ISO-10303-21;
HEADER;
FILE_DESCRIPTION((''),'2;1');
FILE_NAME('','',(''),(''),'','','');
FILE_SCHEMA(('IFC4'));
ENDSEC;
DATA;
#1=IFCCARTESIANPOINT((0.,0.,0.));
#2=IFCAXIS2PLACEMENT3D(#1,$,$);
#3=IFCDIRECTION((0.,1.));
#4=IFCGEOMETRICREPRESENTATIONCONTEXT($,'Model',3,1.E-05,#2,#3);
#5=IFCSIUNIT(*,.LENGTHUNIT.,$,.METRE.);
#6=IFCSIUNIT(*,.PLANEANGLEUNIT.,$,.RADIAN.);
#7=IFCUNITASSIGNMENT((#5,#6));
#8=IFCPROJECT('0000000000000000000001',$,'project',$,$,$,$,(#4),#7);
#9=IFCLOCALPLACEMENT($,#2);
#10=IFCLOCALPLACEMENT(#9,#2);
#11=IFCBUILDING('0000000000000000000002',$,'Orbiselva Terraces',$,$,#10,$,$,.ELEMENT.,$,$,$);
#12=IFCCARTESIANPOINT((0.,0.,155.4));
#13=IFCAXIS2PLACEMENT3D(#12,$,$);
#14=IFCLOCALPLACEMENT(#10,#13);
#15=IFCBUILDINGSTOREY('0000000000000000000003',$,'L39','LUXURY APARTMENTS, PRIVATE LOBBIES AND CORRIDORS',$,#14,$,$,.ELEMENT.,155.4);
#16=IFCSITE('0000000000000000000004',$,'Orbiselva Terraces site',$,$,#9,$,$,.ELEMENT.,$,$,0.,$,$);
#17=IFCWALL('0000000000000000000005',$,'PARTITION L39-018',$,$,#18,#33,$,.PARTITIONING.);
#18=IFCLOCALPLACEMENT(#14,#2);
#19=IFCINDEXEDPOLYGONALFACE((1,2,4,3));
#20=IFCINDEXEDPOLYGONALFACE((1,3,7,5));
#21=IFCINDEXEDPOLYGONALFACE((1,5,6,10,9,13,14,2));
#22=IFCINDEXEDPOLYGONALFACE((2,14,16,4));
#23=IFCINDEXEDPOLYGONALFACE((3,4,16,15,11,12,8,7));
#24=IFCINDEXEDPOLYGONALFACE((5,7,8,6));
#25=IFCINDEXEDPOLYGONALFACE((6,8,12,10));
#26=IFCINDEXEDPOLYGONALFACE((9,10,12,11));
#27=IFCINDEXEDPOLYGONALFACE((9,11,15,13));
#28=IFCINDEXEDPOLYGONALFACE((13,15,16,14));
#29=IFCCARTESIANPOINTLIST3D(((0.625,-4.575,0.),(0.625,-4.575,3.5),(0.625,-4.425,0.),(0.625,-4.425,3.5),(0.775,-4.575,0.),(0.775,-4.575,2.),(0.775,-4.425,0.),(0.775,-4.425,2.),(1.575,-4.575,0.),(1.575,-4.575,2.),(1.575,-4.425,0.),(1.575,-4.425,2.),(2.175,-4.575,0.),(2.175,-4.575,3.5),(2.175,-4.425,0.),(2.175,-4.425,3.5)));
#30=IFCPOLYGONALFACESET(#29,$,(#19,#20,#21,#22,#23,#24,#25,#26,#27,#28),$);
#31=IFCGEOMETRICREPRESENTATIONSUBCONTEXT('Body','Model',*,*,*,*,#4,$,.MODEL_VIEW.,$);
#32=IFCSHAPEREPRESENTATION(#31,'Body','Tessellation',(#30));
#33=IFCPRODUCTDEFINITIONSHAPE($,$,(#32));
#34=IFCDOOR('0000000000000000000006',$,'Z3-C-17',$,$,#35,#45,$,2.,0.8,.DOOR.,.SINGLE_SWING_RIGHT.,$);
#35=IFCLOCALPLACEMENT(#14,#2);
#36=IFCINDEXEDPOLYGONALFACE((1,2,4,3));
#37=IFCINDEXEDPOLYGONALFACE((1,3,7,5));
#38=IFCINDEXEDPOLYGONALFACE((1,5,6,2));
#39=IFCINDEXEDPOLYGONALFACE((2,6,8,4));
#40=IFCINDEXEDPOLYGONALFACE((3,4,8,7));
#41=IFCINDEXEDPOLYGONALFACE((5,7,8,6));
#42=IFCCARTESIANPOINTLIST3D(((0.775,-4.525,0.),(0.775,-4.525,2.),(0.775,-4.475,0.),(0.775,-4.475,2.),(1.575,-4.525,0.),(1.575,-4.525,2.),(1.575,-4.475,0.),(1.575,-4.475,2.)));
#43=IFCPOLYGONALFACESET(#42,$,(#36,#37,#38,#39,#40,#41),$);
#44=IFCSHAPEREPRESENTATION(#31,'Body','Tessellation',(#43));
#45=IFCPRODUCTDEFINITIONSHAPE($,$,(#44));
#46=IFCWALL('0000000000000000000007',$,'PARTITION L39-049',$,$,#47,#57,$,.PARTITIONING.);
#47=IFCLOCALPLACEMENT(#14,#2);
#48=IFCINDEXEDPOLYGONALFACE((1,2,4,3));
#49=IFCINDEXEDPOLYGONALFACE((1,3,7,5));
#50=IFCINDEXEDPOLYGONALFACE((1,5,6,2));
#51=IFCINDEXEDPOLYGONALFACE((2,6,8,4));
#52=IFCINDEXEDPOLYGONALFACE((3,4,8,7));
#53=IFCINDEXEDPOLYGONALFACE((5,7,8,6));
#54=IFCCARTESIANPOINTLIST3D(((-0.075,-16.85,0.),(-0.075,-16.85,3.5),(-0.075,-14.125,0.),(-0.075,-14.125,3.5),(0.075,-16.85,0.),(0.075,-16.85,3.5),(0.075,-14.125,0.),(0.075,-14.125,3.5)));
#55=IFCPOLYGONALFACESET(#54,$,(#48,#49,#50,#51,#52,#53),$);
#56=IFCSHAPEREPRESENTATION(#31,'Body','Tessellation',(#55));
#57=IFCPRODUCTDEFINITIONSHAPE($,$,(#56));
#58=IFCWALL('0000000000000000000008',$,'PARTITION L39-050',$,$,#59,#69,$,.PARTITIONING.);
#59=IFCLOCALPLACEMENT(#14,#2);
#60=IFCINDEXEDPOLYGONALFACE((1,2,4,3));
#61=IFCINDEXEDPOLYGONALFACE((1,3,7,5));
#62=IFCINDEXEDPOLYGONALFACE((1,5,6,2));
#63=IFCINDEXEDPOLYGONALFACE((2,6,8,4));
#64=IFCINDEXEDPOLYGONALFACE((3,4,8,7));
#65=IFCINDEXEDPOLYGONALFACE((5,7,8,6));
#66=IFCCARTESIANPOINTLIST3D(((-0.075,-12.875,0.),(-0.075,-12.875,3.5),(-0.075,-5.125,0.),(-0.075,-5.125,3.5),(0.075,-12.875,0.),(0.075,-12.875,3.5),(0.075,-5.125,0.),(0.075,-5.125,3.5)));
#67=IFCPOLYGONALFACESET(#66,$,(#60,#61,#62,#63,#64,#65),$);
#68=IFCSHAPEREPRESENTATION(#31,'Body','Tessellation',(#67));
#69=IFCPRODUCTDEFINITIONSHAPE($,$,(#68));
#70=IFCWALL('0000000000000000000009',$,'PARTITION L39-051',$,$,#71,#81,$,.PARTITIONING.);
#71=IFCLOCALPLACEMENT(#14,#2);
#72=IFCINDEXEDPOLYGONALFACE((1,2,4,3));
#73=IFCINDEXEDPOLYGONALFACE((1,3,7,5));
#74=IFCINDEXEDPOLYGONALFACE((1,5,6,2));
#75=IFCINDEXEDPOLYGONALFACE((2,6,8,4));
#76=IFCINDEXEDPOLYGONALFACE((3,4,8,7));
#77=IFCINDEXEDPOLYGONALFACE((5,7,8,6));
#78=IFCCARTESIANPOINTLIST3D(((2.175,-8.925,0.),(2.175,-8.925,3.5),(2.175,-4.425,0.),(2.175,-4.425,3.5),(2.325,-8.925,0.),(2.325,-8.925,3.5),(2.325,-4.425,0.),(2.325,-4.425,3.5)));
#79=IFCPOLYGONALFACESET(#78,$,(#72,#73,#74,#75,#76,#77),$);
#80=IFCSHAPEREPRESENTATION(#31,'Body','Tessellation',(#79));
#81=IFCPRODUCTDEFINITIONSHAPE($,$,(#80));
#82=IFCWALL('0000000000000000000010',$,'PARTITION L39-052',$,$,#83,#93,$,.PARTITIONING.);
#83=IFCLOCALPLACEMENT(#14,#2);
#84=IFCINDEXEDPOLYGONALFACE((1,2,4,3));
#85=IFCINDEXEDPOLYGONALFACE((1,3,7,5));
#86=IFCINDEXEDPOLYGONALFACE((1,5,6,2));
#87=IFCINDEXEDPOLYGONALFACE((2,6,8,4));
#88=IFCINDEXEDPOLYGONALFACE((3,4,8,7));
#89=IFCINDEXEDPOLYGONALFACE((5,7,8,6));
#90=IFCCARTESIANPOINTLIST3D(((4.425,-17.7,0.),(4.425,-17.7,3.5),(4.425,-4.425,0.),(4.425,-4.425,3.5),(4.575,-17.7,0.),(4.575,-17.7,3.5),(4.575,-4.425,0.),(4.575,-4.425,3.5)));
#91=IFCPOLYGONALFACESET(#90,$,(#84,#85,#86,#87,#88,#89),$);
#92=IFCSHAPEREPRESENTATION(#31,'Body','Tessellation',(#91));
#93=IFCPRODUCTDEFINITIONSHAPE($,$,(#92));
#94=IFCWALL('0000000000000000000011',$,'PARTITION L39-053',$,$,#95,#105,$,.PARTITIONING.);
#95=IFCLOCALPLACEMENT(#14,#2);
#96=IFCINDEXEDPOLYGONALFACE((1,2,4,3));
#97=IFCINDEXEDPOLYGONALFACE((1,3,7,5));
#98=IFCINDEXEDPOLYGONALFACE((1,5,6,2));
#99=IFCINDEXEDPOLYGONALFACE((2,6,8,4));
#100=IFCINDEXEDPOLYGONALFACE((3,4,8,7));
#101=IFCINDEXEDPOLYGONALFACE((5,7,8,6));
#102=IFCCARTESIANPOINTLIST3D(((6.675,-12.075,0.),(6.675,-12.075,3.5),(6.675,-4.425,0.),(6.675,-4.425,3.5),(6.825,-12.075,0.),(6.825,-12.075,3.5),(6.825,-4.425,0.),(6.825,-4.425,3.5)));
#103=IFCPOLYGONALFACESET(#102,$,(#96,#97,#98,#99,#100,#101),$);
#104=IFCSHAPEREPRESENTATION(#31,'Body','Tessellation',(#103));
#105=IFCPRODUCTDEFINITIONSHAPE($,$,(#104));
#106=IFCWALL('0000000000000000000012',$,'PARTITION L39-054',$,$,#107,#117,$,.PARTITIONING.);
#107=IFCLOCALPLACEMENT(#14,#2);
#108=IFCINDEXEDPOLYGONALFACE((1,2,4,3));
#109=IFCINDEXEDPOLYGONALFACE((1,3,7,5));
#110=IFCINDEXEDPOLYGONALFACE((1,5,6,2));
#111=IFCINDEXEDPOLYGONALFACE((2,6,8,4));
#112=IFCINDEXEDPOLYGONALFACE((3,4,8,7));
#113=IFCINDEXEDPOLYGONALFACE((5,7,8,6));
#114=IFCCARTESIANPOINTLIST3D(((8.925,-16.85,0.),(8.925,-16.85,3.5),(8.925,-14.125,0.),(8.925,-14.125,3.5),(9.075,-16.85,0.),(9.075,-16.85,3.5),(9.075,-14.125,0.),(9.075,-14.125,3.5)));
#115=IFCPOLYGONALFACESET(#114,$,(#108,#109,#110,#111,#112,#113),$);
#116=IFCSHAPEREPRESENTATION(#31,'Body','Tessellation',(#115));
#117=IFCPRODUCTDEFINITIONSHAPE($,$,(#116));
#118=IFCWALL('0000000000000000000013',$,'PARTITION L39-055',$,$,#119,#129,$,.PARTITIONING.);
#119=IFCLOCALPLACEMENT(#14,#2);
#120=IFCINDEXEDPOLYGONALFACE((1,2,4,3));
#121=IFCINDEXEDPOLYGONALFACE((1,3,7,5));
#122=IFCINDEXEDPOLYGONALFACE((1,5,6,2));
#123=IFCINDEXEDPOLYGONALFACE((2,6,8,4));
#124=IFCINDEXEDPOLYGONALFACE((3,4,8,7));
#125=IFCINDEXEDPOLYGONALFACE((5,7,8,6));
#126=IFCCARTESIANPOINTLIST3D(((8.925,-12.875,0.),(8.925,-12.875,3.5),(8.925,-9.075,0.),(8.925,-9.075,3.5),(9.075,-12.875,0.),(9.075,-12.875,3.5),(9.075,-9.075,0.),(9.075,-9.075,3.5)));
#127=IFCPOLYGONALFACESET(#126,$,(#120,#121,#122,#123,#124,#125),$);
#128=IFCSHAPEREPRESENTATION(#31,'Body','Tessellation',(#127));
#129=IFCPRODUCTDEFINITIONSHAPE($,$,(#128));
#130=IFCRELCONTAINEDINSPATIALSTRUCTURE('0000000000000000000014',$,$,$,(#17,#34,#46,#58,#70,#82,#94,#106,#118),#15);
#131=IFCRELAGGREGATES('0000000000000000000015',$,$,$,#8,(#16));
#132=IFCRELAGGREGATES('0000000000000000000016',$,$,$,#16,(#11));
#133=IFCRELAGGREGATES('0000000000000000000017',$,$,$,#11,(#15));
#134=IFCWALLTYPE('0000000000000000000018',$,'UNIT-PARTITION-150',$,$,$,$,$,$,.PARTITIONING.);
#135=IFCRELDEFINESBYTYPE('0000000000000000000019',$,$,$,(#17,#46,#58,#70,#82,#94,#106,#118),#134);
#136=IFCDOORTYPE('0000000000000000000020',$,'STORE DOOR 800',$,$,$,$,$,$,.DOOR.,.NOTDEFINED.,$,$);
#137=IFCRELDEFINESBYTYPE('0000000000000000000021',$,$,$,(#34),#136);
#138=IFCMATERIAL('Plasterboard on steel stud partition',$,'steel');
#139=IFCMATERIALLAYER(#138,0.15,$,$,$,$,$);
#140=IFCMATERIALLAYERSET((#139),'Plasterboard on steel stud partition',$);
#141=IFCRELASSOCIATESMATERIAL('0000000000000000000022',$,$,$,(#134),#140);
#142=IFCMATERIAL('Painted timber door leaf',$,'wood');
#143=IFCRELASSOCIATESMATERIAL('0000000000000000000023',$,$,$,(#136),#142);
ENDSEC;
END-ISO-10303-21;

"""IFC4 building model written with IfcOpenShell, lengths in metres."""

from ifc_helpers import new_model, si_unit, direction, frame, frame_2d, origin, place, context, subcontext, project, spatial, rectangle, extrude, material, layer, layer_set, type_object, element, fill, save


model = new_model("IFC4")

# Units and contexts
model_context = context("Model", 3, precision=1e-05, world=origin(), true_north=direction((0.0, 1.0)))
body_context = subcontext(model_context, "Body", "Model", "MODEL_VIEW")
ifc_project = project(units=[si_unit("LENGTHUNIT", "METRE"), si_unit("PLANEANGLEUNIT", "RADIAN")], contexts=[model_context])

# Site, building, storey
site_placement = place(None, origin())
site = spatial("IfcSite", under=ifc_project, at=site_placement, Name="Orbiselva Terraces site", CompositionType="ELEMENT", RefElevation=0.0)
building_placement = place(site_placement, origin())
building = spatial("IfcBuilding", under=site, at=building_placement, Name="Orbiselva Terraces", CompositionType="ELEMENT")
storey_placement = place(building_placement, frame((0.0, 0.0, 155.4)))
storey = spatial("IfcBuildingStorey", under=building, at=storey_placement, Name="L39", Description="LUXURY APARTMENTS, PRIVATE LOBBIES AND CORRIDORS", CompositionType="ELEMENT", Elevation=155.4)

# Shared definitions
ifc_material_1 = material(Name="Plasterboard on steel stud partition", Category="steel")
ifc_layer_1 = layer(ifc_material_1, 0.15)
ifc_layer_set_1 = layer_set([ifc_layer_1], Name="Plasterboard on steel stud partition")
wall_type_1 = type_object("IfcWallType", Name="UNIT-PARTITION-150", PredefinedType="PARTITIONING", material=ifc_layer_set_1)
ifc_material_2 = material(Name="Painted timber door leaf", Category="wood")

# Wall, opening, door
wall_1_placement = place(storey_placement, frame((2.175, -4.5, 0.0), z_axis=(0.0, 0.0, 1.0), x_axis=(-1.0, 0.0, 0.0)))
wall_1 = element("IfcWall", 1, at=wall_1_placement, inside=storey, type_object=wall_type_1, Name="PARTITION L39-018", PredefinedType="PARTITIONING", context=body_context, shape_type="SweptSolid", body=[
    extrude(rectangle(XDim=1.55, YDim=0.15, at=frame_2d((0.775, 0.0))), origin(), (0.0, 0.0, 1.0), 3.5),
])
opening_1_placement = place(wall_1_placement, frame((0.6, 0.0, 0.0)))
opening_1 = element("IfcOpeningElement", 2, at=opening_1_placement, cuts=wall_1, PredefinedType="OPENING", context=body_context, shape_type="SweptSolid", body=[
    extrude(rectangle(XDim=0.8, YDim=2.0, at=frame_2d((0.4, 1.0))), frame((0.0, 0.085, 0.0), z_axis=(0.0, -1.0, 0.0), x_axis=(1.0, 0.0, 0.0)), (0.0, 0.0, 1.0), 0.17),
])
door_type_1 = type_object("IfcDoorType", Name="STORE DOOR 800", OperationType="NOTDEFINED", PredefinedType="DOOR", material=ifc_material_2)
door_1_placement = place(opening_1_placement, origin())
door_1 = element("IfcDoor", 3, at=door_1_placement, inside=storey, type_object=door_type_1, Name="Z3-C-17", OperationType="SINGLE_SWING_RIGHT", OverallHeight=2.0, OverallWidth=0.8, PredefinedType="DOOR", context=body_context, shape_type="SweptSolid", body=[
    extrude(rectangle(XDim=0.8, YDim=2.0, at=frame_2d((0.4, 1.0))), frame((0.0, 0.025, 0.0), z_axis=(0.0, -1.0, 0.0), x_axis=(1.0, 0.0, 0.0)), (0.0, 0.0, 1.0), 0.05),
])
fill(opening_1, door_1)

# Walls
wall_2_placement = place(storey_placement, frame((0.0, -16.85, 0.0), z_axis=(0.0, 0.0, 1.0), x_axis=(0.0, 1.0, 0.0)))
element("IfcWall", 4, at=wall_2_placement, inside=storey, type_object=wall_type_1, Name="PARTITION L39-049", PredefinedType="PARTITIONING", context=body_context, shape_type="SweptSolid", body=[
    extrude(rectangle(XDim=2.725, YDim=0.15, at=frame_2d((1.3625, 0.0))), origin(), (0.0, 0.0, 1.0), 3.5),
])
wall_3_placement = place(storey_placement, frame((0.0, -12.875, 0.0), z_axis=(0.0, 0.0, 1.0), x_axis=(0.0, 1.0, 0.0)))
element("IfcWall", 5, at=wall_3_placement, inside=storey, type_object=wall_type_1, Name="PARTITION L39-050", PredefinedType="PARTITIONING", context=body_context, shape_type="SweptSolid", body=[
    extrude(rectangle(XDim=7.75, YDim=0.15, at=frame_2d((3.875, 0.0))), origin(), (0.0, 0.0, 1.0), 3.5),
])
wall_4_placement = place(storey_placement, frame((2.25, -8.925, 0.0), z_axis=(0.0, 0.0, 1.0), x_axis=(0.0, 1.0, 0.0)))
element("IfcWall", 6, at=wall_4_placement, inside=storey, type_object=wall_type_1, Name="PARTITION L39-051", PredefinedType="PARTITIONING", context=body_context, shape_type="SweptSolid", body=[
    extrude(rectangle(XDim=4.5, YDim=0.15, at=frame_2d((2.25, 0.0))), origin(), (0.0, 0.0, 1.0), 3.5),
])
wall_5_placement = place(storey_placement, frame((4.5, -17.7, 0.0), z_axis=(0.0, 0.0, 1.0), x_axis=(0.0, 1.0, 0.0)))
element("IfcWall", 7, at=wall_5_placement, inside=storey, type_object=wall_type_1, Name="PARTITION L39-052", PredefinedType="PARTITIONING", context=body_context, shape_type="SweptSolid", body=[
    extrude(rectangle(XDim=13.275, YDim=0.15, at=frame_2d((6.6375, 0.0))), origin(), (0.0, 0.0, 1.0), 3.5),
])
wall_6_placement = place(storey_placement, frame((6.75, -12.075, 0.0), z_axis=(0.0, 0.0, 1.0), x_axis=(0.0, 1.0, 0.0)))
element("IfcWall", 8, at=wall_6_placement, inside=storey, type_object=wall_type_1, Name="PARTITION L39-053", PredefinedType="PARTITIONING", context=body_context, shape_type="SweptSolid", body=[
    extrude(rectangle(XDim=7.65, YDim=0.15, at=frame_2d((3.825, 0.0))), origin(), (0.0, 0.0, 1.0), 3.5),
])
wall_7_placement = place(storey_placement, frame((9.0, -16.85, 0.0), z_axis=(0.0, 0.0, 1.0), x_axis=(0.0, 1.0, 0.0)))
element("IfcWall", 9, at=wall_7_placement, inside=storey, type_object=wall_type_1, Name="PARTITION L39-054", PredefinedType="PARTITIONING", context=body_context, shape_type="SweptSolid", body=[
    extrude(rectangle(XDim=2.725, YDim=0.15, at=frame_2d((1.3625, 0.0))), origin(), (0.0, 0.0, 1.0), 3.5),
])
wall_8_placement = place(storey_placement, frame((9.0, -12.875, 0.0), z_axis=(0.0, 0.0, 1.0), x_axis=(0.0, 1.0, 0.0)))
element("IfcWall", 10, at=wall_8_placement, inside=storey, type_object=wall_type_1, Name="PARTITION L39-055", PredefinedType="PARTITIONING", context=body_context, shape_type="SweptSolid", body=[
    extrude(rectangle(XDim=3.8, YDim=0.15, at=frame_2d((1.9, 0.0))), origin(), (0.0, 0.0, 1.0), 3.5),
])

save(model, "model.ifc")
